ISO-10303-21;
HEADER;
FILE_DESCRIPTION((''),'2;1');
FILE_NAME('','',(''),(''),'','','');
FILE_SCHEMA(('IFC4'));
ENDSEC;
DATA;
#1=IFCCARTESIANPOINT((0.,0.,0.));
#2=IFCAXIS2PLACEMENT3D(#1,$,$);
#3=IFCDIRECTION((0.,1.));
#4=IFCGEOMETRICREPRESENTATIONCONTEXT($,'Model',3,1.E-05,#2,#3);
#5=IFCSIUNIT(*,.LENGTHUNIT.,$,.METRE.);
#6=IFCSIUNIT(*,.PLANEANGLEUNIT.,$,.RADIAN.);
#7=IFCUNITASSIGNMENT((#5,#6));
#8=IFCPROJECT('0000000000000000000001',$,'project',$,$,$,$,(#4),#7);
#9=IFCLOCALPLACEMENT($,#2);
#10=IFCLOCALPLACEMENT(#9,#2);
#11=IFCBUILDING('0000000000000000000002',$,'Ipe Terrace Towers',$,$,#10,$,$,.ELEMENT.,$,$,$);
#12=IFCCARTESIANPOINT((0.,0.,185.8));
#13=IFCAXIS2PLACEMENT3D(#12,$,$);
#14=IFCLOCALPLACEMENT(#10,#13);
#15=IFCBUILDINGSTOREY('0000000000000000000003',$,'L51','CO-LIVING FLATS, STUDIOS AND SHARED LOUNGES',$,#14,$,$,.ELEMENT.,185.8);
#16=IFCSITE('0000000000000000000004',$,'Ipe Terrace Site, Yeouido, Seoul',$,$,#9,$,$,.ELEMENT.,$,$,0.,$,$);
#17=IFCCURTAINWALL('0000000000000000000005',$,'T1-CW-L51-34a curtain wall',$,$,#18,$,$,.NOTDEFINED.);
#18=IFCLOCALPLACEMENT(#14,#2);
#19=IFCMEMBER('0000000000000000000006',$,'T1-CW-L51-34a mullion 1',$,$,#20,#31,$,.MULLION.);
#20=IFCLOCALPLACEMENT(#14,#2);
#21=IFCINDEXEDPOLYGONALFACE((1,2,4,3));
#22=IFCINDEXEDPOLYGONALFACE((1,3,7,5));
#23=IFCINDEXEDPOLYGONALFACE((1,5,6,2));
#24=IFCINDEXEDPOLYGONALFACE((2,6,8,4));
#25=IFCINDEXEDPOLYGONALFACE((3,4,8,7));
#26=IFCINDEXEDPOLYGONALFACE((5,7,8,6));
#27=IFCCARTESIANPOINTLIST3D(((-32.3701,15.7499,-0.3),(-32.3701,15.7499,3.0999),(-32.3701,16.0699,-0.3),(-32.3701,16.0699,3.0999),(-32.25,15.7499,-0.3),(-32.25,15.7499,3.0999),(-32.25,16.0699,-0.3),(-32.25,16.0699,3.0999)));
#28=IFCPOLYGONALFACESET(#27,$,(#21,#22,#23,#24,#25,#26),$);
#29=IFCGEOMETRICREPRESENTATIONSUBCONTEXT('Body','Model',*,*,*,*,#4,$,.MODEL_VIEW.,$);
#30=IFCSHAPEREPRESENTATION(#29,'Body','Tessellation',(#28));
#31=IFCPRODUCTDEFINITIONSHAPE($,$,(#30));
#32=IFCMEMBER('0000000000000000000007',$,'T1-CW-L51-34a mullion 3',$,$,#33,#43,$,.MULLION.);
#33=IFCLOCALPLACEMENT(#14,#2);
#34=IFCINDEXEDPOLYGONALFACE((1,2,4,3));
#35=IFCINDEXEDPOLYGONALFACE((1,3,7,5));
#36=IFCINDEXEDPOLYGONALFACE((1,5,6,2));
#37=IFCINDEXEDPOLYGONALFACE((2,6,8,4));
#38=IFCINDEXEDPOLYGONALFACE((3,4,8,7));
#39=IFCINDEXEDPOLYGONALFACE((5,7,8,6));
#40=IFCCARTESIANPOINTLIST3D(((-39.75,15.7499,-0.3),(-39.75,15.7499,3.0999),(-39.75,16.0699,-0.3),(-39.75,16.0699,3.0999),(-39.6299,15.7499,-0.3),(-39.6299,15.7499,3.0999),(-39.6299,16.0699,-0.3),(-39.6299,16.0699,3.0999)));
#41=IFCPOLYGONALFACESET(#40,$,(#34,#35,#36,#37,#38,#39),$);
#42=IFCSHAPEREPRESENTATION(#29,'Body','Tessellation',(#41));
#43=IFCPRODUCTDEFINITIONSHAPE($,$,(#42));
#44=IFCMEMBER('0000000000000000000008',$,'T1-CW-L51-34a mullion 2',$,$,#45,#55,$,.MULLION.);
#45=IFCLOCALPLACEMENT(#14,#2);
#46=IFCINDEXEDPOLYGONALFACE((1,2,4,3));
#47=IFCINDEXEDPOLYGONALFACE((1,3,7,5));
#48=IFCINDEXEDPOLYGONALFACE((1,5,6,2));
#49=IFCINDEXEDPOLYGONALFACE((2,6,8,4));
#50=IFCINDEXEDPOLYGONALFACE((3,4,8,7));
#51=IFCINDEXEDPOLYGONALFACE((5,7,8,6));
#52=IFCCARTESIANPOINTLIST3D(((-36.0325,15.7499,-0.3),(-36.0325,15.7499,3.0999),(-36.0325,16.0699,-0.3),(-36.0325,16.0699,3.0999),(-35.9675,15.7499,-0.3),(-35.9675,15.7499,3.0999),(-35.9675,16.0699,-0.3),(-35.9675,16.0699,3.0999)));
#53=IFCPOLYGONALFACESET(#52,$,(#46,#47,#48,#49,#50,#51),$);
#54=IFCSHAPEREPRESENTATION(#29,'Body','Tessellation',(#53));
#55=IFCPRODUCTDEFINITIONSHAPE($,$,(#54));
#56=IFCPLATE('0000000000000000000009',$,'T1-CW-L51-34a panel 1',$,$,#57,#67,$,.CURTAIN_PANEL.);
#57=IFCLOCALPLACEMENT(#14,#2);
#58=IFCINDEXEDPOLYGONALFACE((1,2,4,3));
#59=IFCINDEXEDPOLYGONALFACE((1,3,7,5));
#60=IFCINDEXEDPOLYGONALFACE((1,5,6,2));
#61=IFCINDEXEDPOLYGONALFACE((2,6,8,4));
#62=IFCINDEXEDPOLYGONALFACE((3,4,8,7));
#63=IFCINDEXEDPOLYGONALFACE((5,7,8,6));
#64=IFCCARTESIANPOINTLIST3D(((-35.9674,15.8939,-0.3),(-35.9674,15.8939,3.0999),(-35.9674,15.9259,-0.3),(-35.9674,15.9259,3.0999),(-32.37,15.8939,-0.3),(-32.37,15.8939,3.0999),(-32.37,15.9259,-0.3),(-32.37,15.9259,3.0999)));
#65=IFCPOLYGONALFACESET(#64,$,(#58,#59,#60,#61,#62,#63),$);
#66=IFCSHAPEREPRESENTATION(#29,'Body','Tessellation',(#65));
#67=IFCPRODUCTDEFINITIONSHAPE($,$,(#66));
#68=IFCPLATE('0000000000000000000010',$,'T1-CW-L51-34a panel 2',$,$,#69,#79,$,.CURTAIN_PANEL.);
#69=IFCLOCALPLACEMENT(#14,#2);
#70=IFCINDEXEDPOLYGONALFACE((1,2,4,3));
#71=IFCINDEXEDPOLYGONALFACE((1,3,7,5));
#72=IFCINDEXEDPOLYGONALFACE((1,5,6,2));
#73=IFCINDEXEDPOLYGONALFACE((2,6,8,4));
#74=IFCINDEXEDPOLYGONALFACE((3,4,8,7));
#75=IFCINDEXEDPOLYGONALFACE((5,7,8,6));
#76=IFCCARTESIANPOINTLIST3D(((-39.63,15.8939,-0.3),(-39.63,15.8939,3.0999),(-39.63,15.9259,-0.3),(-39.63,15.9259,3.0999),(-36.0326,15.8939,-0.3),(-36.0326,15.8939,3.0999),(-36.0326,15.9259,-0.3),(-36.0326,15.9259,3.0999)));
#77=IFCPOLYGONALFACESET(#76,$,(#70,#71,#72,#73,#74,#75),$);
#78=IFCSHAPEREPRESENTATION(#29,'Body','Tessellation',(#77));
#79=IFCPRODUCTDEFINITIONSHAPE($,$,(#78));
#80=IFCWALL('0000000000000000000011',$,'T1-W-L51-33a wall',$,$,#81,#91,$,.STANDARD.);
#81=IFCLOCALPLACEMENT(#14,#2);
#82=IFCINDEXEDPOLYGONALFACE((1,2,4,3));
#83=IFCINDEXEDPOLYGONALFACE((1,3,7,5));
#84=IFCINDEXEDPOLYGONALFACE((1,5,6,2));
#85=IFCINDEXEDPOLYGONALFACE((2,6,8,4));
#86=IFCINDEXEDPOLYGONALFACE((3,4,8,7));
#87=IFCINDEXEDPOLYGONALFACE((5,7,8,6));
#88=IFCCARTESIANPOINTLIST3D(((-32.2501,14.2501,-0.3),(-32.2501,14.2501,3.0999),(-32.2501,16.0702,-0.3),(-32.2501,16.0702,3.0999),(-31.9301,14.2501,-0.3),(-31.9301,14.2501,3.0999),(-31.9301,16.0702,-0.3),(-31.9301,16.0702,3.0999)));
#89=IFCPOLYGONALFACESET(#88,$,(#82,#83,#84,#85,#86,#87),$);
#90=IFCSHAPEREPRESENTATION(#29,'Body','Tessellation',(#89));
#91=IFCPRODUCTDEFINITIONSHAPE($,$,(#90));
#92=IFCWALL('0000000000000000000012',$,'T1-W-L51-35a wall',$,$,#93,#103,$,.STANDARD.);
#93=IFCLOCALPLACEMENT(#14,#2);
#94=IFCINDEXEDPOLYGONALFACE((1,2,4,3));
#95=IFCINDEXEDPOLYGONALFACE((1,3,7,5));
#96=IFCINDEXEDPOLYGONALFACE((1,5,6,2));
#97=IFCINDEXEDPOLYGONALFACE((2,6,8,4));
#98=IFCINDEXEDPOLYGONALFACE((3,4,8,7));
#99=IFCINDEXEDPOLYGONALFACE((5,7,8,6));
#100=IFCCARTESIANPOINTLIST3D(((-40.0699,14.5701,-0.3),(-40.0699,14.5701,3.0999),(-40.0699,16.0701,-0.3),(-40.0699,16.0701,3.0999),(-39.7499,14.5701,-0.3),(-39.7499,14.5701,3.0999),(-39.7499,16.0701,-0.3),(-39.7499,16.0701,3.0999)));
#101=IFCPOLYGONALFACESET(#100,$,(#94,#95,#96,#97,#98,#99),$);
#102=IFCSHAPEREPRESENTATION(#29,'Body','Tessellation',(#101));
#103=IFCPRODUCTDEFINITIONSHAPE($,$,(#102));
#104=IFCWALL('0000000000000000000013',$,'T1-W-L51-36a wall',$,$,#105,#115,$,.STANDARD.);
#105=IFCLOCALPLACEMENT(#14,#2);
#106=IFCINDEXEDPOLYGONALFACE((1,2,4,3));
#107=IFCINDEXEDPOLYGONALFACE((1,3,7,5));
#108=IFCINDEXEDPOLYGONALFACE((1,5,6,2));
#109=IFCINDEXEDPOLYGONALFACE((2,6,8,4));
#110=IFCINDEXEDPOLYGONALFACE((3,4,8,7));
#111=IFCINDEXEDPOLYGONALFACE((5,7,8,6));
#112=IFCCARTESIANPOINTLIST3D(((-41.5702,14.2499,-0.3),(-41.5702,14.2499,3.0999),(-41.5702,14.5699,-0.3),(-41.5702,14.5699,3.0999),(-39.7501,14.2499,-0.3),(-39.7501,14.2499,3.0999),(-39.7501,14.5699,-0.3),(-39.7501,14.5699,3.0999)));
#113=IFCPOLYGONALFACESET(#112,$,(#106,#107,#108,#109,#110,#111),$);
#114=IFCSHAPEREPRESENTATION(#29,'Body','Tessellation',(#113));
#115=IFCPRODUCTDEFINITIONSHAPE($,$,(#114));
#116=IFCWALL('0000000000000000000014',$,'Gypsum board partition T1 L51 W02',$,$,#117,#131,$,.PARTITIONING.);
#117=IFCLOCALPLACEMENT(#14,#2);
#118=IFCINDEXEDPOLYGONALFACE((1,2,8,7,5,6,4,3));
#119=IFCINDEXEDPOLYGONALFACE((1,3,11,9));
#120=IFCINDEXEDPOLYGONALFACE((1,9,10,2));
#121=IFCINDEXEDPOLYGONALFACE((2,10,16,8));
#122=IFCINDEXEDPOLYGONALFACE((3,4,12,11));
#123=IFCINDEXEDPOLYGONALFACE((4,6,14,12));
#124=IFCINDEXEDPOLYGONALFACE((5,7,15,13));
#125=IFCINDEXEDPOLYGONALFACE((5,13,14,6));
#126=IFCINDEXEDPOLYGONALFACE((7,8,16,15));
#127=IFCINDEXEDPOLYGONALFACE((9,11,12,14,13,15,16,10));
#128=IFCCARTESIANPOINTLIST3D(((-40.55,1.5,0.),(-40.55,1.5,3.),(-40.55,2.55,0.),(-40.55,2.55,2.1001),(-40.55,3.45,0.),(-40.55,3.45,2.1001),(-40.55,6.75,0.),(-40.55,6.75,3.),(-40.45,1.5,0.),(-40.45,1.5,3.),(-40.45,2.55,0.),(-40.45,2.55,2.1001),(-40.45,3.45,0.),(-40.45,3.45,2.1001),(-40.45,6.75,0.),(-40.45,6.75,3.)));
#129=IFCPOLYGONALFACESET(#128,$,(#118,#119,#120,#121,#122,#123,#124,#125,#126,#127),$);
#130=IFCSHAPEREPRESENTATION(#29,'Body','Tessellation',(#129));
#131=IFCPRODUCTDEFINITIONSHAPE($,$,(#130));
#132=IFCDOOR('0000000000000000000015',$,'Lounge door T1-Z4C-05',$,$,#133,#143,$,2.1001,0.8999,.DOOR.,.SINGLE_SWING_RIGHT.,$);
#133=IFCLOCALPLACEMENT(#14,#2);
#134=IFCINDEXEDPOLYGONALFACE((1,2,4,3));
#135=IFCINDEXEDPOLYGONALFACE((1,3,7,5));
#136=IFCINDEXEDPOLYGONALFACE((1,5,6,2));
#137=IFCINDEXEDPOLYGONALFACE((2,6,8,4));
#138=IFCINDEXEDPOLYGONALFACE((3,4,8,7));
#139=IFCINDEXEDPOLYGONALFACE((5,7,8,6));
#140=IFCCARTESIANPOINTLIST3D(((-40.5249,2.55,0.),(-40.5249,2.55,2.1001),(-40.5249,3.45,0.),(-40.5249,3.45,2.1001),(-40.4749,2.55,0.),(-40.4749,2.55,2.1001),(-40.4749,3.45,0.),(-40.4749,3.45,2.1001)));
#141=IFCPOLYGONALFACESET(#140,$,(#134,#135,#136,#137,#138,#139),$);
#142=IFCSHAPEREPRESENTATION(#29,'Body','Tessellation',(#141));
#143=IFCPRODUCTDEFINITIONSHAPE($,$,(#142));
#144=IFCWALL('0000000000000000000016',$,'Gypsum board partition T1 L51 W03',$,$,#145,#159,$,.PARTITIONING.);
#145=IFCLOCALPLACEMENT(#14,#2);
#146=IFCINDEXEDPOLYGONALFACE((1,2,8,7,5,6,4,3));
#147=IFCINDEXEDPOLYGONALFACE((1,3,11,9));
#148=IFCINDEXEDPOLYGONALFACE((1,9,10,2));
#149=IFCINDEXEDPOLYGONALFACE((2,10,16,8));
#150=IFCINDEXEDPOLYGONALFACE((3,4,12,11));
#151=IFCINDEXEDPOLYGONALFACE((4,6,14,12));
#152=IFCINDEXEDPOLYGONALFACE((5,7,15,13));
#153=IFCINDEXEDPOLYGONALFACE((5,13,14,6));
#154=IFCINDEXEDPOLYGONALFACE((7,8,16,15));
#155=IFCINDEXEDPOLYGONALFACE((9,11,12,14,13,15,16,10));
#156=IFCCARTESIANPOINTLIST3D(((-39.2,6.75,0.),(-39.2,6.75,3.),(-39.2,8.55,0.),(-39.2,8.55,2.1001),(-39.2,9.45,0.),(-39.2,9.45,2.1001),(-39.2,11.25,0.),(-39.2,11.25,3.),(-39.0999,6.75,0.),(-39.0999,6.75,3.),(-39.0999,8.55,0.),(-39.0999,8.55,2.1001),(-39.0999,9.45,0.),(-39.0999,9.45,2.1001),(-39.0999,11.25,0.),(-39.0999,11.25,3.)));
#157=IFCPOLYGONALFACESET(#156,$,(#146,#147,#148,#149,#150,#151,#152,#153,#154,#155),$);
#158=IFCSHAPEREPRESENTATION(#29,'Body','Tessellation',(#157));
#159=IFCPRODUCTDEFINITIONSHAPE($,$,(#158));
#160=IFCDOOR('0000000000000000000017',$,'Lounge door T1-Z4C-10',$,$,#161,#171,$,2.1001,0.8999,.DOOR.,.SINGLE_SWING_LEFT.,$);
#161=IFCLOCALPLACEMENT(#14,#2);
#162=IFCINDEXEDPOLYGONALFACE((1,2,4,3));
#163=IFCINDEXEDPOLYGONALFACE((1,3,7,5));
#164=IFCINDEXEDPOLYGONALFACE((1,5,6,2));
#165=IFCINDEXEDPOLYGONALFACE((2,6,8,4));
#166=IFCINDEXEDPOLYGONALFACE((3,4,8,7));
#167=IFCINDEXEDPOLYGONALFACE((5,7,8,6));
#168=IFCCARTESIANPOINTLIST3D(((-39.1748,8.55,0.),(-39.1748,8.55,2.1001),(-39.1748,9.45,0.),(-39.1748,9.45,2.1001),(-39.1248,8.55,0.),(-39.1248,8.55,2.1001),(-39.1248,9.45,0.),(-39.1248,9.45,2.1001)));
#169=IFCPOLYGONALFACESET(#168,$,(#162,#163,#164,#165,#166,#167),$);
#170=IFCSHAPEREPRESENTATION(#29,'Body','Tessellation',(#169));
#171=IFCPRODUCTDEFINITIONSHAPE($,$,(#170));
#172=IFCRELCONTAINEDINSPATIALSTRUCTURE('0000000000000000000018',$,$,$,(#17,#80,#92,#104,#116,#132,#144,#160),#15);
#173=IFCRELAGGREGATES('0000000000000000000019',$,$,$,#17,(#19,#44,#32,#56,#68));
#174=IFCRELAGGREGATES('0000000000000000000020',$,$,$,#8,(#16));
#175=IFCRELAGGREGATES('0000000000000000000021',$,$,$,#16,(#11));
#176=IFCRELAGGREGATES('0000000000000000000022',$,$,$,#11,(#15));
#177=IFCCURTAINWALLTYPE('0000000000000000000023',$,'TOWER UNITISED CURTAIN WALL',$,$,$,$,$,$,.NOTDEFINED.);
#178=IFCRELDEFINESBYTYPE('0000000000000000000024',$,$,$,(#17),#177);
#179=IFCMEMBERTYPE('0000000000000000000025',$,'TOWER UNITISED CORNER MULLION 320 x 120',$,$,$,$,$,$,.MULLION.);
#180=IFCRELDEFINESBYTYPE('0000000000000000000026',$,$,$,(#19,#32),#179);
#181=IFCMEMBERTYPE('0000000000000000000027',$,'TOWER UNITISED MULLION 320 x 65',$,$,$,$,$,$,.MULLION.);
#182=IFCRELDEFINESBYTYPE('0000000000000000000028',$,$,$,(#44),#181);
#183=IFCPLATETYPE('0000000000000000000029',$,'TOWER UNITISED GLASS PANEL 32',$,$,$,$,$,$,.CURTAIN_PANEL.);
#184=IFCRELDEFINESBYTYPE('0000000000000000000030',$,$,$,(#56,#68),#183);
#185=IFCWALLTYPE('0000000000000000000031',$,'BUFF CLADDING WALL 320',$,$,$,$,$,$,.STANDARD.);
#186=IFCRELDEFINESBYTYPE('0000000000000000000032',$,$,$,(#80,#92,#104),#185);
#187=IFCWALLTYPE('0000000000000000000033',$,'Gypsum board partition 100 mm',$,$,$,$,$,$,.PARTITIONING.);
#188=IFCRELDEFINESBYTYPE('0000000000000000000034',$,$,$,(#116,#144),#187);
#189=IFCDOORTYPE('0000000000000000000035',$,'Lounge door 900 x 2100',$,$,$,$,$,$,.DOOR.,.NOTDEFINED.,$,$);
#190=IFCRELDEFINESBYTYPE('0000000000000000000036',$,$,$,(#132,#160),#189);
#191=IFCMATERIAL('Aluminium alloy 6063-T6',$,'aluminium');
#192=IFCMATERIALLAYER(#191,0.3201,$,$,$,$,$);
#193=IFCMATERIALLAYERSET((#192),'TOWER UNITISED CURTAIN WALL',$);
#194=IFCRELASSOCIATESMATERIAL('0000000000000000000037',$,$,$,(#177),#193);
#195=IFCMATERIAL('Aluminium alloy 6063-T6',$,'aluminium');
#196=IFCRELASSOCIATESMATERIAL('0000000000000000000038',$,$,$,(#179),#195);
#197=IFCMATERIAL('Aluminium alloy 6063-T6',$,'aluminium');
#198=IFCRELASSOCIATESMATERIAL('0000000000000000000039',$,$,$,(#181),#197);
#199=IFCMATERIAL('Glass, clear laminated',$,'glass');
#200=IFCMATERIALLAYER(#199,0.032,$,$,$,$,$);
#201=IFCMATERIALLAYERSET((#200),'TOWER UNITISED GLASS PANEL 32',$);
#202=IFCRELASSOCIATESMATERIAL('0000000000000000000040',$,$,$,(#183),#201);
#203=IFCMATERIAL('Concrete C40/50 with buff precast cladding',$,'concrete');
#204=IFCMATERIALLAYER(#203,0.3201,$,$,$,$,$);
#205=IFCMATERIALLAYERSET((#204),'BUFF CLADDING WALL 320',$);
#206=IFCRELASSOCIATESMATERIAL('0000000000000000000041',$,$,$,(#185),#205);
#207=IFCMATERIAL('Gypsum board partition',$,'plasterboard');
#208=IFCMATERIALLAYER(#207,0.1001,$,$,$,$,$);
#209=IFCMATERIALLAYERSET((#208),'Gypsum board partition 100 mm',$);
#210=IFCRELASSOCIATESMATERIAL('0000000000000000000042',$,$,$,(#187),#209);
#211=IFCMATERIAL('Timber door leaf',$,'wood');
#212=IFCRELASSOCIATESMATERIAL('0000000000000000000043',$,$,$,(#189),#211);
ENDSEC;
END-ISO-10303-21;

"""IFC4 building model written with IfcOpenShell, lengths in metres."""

from ifc_helpers import new_model, si_unit, direction, frame, frame_2d, origin, origin_2d, place, context, subcontext, project, spatial, rectangle, extrude, material, layer, layer_set, material_profile, profile_set, type_object, element, fill, aggregate, save


model = new_model("IFC4")

# Units and contexts
model_context = context("Model", 3, precision=1e-05, world=origin(), true_north=direction((0.0, 1.0)))
body_context = subcontext(model_context, "Body", "Model", "MODEL_VIEW")
ifc_project = project(units=[si_unit("LENGTHUNIT", "METRE"), si_unit("PLANEANGLEUNIT", "RADIAN")], contexts=[model_context])

# Site, building, storey
site_placement = place(None, origin())
site = spatial("IfcSite", under=ifc_project, at=site_placement, Name="Ipe Terrace Site, Yeouido, Seoul", CompositionType="ELEMENT", RefElevation=0.0)
building_placement = place(site_placement, origin())
building = spatial("IfcBuilding", under=site, at=building_placement, Name="Ipe Terrace Towers", CompositionType="ELEMENT")
storey_placement = place(building_placement, frame((0.0, 0.0, 185.8)))
storey = spatial("IfcBuildingStorey", under=building, at=storey_placement, Name="L51", Description="CO-LIVING FLATS, STUDIOS AND SHARED LOUNGES", CompositionType="ELEMENT", Elevation=185.8)

# Curtain wall, members, plates
ifc_material_1 = material(Name="Aluminium alloy 6063-T6", Category="aluminium")
ifc_layer_1 = layer(ifc_material_1, 0.3201)
ifc_layer_set_1 = layer_set([ifc_layer_1], Name="TOWER UNITISED CURTAIN WALL")
curtain_wall_type = type_object("IfcCurtainWallType", Name="TOWER UNITISED CURTAIN WALL", PredefinedType="NOTDEFINED", material=ifc_layer_set_1)
curtain_wall_placement = place(storey_placement, origin())
curtain_wall = element("IfcCurtainWall", 1, at=curtain_wall_placement, inside=storey, type_object=curtain_wall_type, Name="T1-CW-L51-34a curtain wall", PredefinedType="NOTDEFINED")
ifc_material_2 = material(Name="Aluminium alloy 6063-T6", Category="aluminium")
ifc_material_profile_1 = material_profile(ifc_material_2, rectangle(XDim=0.3201, YDim=0.1201, at=origin_2d()), Name="TOWER UNITISED CORNER MULLION 320 x 120")
ifc_profile_set_1 = profile_set([ifc_material_profile_1], Name="Aluminium alloy 6063-T6")
member_type_1 = type_object("IfcMemberType", Name="TOWER UNITISED CORNER MULLION 320 x 120", PredefinedType="MULLION", material=ifc_profile_set_1)
member_1_placement = place(storey_placement, frame((-32.3101, 15.9099, -0.3), z_axis=(0.0, 0.0, 1.0), x_axis=(0.0, 1.0, 0.0)))
member_1 = element("IfcMember", 2, at=member_1_placement, type_object=member_type_1, Name="T1-CW-L51-34a mullion 1", PredefinedType="MULLION", context=body_context, shape_type="SweptSolid", body=[
    extrude(rectangle(XDim=0.3201, YDim=0.1201, at=origin_2d()), origin(), (0.0, 0.0, 1.0), 3.3999),
])
member_2_placement = place(storey_placement, frame((-39.6899, 15.9099, -0.3), z_axis=(0.0, 0.0, 1.0), x_axis=(0.0, 1.0, 0.0)))
member_2 = element("IfcMember", 3, at=member_2_placement, type_object=member_type_1, Name="T1-CW-L51-34a mullion 3", PredefinedType="MULLION", context=body_context, shape_type="SweptSolid", body=[
    extrude(rectangle(XDim=0.3201, YDim=0.1201, at=origin_2d()), origin(), (0.0, 0.0, 1.0), 3.3999),
])
ifc_material_3 = material(Name="Aluminium alloy 6063-T6", Category="aluminium")
ifc_material_profile_2 = material_profile(ifc_material_3, rectangle(XDim=0.3201, YDim=0.0649, at=origin_2d()), Name="TOWER UNITISED MULLION 320 x 65")
ifc_profile_set_2 = profile_set([ifc_material_profile_2], Name="Aluminium alloy 6063-T6")
member_type_2 = type_object("IfcMemberType", Name="TOWER UNITISED MULLION 320 x 65", PredefinedType="MULLION", material=ifc_profile_set_2)
member_3_placement = place(storey_placement, frame((-36.0, 15.9099, -0.3), z_axis=(0.0, 0.0, 1.0), x_axis=(0.0, 1.0, 0.0)))
member_3 = element("IfcMember", 4, at=member_3_placement, type_object=member_type_2, Name="T1-CW-L51-34a mullion 2", PredefinedType="MULLION", context=body_context, shape_type="SweptSolid", body=[
    extrude(rectangle(XDim=0.3201, YDim=0.0649, at=origin_2d()), origin(), (0.0, 0.0, 1.0), 3.3999),
])
ifc_material_4 = material(Name="Glass, clear laminated", Category="glass")
ifc_layer_2 = layer(ifc_material_4, 0.032)
ifc_layer_set_2 = layer_set([ifc_layer_2], Name="TOWER UNITISED GLASS PANEL 32")
plate_type = type_object("IfcPlateType", Name="TOWER UNITISED GLASS PANEL 32", PredefinedType="CURTAIN_PANEL", material=ifc_layer_set_2)
plate_1_placement = place(storey_placement, frame((-34.1687, 15.9099, -0.3), z_axis=(0.0, 0.0, 1.0), x_axis=(-1.0, 0.0, 0.0)))
plate_1 = element("IfcPlate", 5, at=plate_1_placement, type_object=plate_type, Name="T1-CW-L51-34a panel 1", PredefinedType="CURTAIN_PANEL", context=body_context, shape_type="SweptSolid", body=[
    extrude(rectangle(XDim=3.5974, YDim=0.032, at=origin_2d()), origin(), (0.0, 0.0, 1.0), 3.3999),
])
plate_2_placement = place(storey_placement, frame((-37.8313, 15.9099, -0.3), z_axis=(0.0, 0.0, 1.0), x_axis=(-1.0, 0.0, 0.0)))
plate_2 = element("IfcPlate", 6, at=plate_2_placement, type_object=plate_type, Name="T1-CW-L51-34a panel 2", PredefinedType="CURTAIN_PANEL", context=body_context, shape_type="SweptSolid", body=[
    extrude(rectangle(XDim=3.5974, YDim=0.032, at=origin_2d()), origin(), (0.0, 0.0, 1.0), 3.3999),
])
aggregate(curtain_wall, [member_1, member_3, member_2, plate_1, plate_2])

# Walls
ifc_material_5 = material(Name="Concrete C40/50 with buff precast cladding", Category="concrete")
ifc_layer_3 = layer(ifc_material_5, 0.3201)
ifc_layer_set_3 = layer_set([ifc_layer_3], Name="BUFF CLADDING WALL 320")
wall_type_1 = type_object("IfcWallType", Name="BUFF CLADDING WALL 320", PredefinedType="STANDARD", material=ifc_layer_set_3)
wall_1_placement = place(storey_placement, frame((-32.0901, 14.25, -0.3), z_axis=(0.0, 0.0, 1.0), x_axis=(0.0, 1.0, 0.0)))
element("IfcWall", 7, at=wall_1_placement, inside=storey, type_object=wall_type_1, Name="T1-W-L51-33a wall", PredefinedType="STANDARD", context=body_context, shape_type="SweptSolid", body=[
    extrude(rectangle(XDim=1.8201, YDim=0.3201, at=frame_2d((0.9102, 0.0))), origin(), (0.0, 0.0, 1.0), 3.3999),
])
wall_2_placement = place(storey_placement, frame((-39.9099, 16.0701, -0.3), z_axis=(0.0, 0.0, 1.0), x_axis=(0.0, -1.0, 0.0)))
element("IfcWall", 8, at=wall_2_placement, inside=storey, type_object=wall_type_1, Name="T1-W-L51-35a wall", PredefinedType="STANDARD", context=body_context, shape_type="SweptSolid", body=[
    extrude(rectangle(XDim=1.5, YDim=0.3201, at=frame_2d((0.75, 0.0))), origin(), (0.0, 0.0, 1.0), 3.3999),
])
wall_3_placement = place(storey_placement, frame((-39.75, 14.4099, -0.3), z_axis=(0.0, 0.0, 1.0), x_axis=(-1.0, 0.0, 0.0)))
element("IfcWall", 9, at=wall_3_placement, inside=storey, type_object=wall_type_1, Name="T1-W-L51-36a wall", PredefinedType="STANDARD", context=body_context, shape_type="SweptSolid", body=[
    extrude(rectangle(XDim=1.8201, YDim=0.3201, at=frame_2d((0.9102, 0.0))), origin(), (0.0, 0.0, 1.0), 3.3999),
])

# Walls, openings, doors
ifc_material_6 = material(Name="Gypsum board partition", Category="plasterboard")
ifc_layer_4 = layer(ifc_material_6, 0.1001)
ifc_layer_set_4 = layer_set([ifc_layer_4], Name="Gypsum board partition 100 mm")
wall_type_2 = type_object("IfcWallType", Name="Gypsum board partition 100 mm", PredefinedType="PARTITIONING", material=ifc_layer_set_4)
wall_4_placement = place(storey_placement, frame((-40.5, 1.5, 0.0), z_axis=(0.0, 0.0, 1.0), x_axis=(0.0, 1.0, 0.0)))
wall_4 = element("IfcWall", 10, at=wall_4_placement, inside=storey, type_object=wall_type_2, Name="Gypsum board partition T1 L51 W02", PredefinedType="PARTITIONING", context=body_context, shape_type="SweptSolid", body=[
    extrude(rectangle(XDim=5.25, YDim=0.1001, at=frame_2d((2.625, 0.0))), origin(), (0.0, 0.0, 1.0), 3.0),
])
opening_1_placement = place(wall_4_placement, frame((1.05, 0.0, 0.0)))
opening_1 = element("IfcOpeningElement", 11, at=opening_1_placement, cuts=wall_4, PredefinedType="OPENING", context=body_context, shape_type="SweptSolid", body=[
    extrude(rectangle(XDim=0.8999, YDim=2.1001, at=frame_2d((0.45, 1.05))), frame((0.0, 0.0601, 0.0), z_axis=(0.0, -1.0, 0.0), x_axis=(1.0, 0.0, 0.0)), (0.0, 0.0, 1.0), 0.1201),
])
ifc_material_7 = material(Name="Timber door leaf", Category="wood")
door_type_1 = type_object("IfcDoorType", Name="Lounge door 900 x 2100", OperationType="NOTDEFINED", PredefinedType="DOOR", material=ifc_material_7)
door_1_placement = place(opening_1_placement, origin())
door_1 = element("IfcDoor", 12, at=door_1_placement, inside=storey, type_object=door_type_1, Name="Lounge door T1-Z4C-05", OperationType="SINGLE_SWING_RIGHT", OverallHeight=2.1001, OverallWidth=0.8999, PredefinedType="DOOR", context=body_context, shape_type="SweptSolid", body=[
    extrude(rectangle(XDim=0.8999, YDim=2.1001, at=frame_2d((0.45, 1.05))), frame((0.0, 0.0249, 0.0), z_axis=(0.0, -1.0, 0.0), x_axis=(1.0, 0.0, 0.0)), (0.0, 0.0, 1.0), 0.05),
])
fill(opening_1, door_1)
wall_5_placement = place(storey_placement, frame((-39.1499, 6.75, 0.0), z_axis=(0.0, 0.0, 1.0), x_axis=(0.0, 1.0, 0.0)))
wall_5 = element("IfcWall", 13, at=wall_5_placement, inside=storey, type_object=wall_type_2, Name="Gypsum board partition T1 L51 W03", PredefinedType="PARTITIONING", context=body_context, shape_type="SweptSolid", body=[
    extrude(rectangle(XDim=4.5, YDim=0.1001, at=frame_2d((2.25, 0.0))), origin(), (0.0, 0.0, 1.0), 3.0),
])
opening_2_placement = place(wall_5_placement, frame((1.8, 0.0, 0.0)))
opening_2 = element("IfcOpeningElement", 14, at=opening_2_placement, cuts=wall_5, PredefinedType="OPENING", context=body_context, shape_type="SweptSolid", body=[
    extrude(rectangle(XDim=0.8999, YDim=2.1001, at=frame_2d((0.45, 1.05))), frame((0.0, 0.0601, 0.0), z_axis=(0.0, -1.0, 0.0), x_axis=(1.0, 0.0, 0.0)), (0.0, 0.0, 1.0), 0.1201),
])
door_2_placement = place(opening_2_placement, origin())
door_2 = element("IfcDoor", 15, at=door_2_placement, inside=storey, type_object=door_type_1, Name="Lounge door T1-Z4C-10", OperationType="SINGLE_SWING_LEFT", OverallHeight=2.1001, OverallWidth=0.8999, PredefinedType="DOOR", context=body_context, shape_type="SweptSolid", body=[
    extrude(rectangle(XDim=0.8999, YDim=2.1001, at=frame_2d((0.45, 1.05))), frame((0.0, 0.0249, 0.0), z_axis=(0.0, -1.0, 0.0), x_axis=(1.0, 0.0, 0.0)), (0.0, 0.0, 1.0), 0.05),
])
fill(opening_2, door_2)

save(model, "model.ifc")
